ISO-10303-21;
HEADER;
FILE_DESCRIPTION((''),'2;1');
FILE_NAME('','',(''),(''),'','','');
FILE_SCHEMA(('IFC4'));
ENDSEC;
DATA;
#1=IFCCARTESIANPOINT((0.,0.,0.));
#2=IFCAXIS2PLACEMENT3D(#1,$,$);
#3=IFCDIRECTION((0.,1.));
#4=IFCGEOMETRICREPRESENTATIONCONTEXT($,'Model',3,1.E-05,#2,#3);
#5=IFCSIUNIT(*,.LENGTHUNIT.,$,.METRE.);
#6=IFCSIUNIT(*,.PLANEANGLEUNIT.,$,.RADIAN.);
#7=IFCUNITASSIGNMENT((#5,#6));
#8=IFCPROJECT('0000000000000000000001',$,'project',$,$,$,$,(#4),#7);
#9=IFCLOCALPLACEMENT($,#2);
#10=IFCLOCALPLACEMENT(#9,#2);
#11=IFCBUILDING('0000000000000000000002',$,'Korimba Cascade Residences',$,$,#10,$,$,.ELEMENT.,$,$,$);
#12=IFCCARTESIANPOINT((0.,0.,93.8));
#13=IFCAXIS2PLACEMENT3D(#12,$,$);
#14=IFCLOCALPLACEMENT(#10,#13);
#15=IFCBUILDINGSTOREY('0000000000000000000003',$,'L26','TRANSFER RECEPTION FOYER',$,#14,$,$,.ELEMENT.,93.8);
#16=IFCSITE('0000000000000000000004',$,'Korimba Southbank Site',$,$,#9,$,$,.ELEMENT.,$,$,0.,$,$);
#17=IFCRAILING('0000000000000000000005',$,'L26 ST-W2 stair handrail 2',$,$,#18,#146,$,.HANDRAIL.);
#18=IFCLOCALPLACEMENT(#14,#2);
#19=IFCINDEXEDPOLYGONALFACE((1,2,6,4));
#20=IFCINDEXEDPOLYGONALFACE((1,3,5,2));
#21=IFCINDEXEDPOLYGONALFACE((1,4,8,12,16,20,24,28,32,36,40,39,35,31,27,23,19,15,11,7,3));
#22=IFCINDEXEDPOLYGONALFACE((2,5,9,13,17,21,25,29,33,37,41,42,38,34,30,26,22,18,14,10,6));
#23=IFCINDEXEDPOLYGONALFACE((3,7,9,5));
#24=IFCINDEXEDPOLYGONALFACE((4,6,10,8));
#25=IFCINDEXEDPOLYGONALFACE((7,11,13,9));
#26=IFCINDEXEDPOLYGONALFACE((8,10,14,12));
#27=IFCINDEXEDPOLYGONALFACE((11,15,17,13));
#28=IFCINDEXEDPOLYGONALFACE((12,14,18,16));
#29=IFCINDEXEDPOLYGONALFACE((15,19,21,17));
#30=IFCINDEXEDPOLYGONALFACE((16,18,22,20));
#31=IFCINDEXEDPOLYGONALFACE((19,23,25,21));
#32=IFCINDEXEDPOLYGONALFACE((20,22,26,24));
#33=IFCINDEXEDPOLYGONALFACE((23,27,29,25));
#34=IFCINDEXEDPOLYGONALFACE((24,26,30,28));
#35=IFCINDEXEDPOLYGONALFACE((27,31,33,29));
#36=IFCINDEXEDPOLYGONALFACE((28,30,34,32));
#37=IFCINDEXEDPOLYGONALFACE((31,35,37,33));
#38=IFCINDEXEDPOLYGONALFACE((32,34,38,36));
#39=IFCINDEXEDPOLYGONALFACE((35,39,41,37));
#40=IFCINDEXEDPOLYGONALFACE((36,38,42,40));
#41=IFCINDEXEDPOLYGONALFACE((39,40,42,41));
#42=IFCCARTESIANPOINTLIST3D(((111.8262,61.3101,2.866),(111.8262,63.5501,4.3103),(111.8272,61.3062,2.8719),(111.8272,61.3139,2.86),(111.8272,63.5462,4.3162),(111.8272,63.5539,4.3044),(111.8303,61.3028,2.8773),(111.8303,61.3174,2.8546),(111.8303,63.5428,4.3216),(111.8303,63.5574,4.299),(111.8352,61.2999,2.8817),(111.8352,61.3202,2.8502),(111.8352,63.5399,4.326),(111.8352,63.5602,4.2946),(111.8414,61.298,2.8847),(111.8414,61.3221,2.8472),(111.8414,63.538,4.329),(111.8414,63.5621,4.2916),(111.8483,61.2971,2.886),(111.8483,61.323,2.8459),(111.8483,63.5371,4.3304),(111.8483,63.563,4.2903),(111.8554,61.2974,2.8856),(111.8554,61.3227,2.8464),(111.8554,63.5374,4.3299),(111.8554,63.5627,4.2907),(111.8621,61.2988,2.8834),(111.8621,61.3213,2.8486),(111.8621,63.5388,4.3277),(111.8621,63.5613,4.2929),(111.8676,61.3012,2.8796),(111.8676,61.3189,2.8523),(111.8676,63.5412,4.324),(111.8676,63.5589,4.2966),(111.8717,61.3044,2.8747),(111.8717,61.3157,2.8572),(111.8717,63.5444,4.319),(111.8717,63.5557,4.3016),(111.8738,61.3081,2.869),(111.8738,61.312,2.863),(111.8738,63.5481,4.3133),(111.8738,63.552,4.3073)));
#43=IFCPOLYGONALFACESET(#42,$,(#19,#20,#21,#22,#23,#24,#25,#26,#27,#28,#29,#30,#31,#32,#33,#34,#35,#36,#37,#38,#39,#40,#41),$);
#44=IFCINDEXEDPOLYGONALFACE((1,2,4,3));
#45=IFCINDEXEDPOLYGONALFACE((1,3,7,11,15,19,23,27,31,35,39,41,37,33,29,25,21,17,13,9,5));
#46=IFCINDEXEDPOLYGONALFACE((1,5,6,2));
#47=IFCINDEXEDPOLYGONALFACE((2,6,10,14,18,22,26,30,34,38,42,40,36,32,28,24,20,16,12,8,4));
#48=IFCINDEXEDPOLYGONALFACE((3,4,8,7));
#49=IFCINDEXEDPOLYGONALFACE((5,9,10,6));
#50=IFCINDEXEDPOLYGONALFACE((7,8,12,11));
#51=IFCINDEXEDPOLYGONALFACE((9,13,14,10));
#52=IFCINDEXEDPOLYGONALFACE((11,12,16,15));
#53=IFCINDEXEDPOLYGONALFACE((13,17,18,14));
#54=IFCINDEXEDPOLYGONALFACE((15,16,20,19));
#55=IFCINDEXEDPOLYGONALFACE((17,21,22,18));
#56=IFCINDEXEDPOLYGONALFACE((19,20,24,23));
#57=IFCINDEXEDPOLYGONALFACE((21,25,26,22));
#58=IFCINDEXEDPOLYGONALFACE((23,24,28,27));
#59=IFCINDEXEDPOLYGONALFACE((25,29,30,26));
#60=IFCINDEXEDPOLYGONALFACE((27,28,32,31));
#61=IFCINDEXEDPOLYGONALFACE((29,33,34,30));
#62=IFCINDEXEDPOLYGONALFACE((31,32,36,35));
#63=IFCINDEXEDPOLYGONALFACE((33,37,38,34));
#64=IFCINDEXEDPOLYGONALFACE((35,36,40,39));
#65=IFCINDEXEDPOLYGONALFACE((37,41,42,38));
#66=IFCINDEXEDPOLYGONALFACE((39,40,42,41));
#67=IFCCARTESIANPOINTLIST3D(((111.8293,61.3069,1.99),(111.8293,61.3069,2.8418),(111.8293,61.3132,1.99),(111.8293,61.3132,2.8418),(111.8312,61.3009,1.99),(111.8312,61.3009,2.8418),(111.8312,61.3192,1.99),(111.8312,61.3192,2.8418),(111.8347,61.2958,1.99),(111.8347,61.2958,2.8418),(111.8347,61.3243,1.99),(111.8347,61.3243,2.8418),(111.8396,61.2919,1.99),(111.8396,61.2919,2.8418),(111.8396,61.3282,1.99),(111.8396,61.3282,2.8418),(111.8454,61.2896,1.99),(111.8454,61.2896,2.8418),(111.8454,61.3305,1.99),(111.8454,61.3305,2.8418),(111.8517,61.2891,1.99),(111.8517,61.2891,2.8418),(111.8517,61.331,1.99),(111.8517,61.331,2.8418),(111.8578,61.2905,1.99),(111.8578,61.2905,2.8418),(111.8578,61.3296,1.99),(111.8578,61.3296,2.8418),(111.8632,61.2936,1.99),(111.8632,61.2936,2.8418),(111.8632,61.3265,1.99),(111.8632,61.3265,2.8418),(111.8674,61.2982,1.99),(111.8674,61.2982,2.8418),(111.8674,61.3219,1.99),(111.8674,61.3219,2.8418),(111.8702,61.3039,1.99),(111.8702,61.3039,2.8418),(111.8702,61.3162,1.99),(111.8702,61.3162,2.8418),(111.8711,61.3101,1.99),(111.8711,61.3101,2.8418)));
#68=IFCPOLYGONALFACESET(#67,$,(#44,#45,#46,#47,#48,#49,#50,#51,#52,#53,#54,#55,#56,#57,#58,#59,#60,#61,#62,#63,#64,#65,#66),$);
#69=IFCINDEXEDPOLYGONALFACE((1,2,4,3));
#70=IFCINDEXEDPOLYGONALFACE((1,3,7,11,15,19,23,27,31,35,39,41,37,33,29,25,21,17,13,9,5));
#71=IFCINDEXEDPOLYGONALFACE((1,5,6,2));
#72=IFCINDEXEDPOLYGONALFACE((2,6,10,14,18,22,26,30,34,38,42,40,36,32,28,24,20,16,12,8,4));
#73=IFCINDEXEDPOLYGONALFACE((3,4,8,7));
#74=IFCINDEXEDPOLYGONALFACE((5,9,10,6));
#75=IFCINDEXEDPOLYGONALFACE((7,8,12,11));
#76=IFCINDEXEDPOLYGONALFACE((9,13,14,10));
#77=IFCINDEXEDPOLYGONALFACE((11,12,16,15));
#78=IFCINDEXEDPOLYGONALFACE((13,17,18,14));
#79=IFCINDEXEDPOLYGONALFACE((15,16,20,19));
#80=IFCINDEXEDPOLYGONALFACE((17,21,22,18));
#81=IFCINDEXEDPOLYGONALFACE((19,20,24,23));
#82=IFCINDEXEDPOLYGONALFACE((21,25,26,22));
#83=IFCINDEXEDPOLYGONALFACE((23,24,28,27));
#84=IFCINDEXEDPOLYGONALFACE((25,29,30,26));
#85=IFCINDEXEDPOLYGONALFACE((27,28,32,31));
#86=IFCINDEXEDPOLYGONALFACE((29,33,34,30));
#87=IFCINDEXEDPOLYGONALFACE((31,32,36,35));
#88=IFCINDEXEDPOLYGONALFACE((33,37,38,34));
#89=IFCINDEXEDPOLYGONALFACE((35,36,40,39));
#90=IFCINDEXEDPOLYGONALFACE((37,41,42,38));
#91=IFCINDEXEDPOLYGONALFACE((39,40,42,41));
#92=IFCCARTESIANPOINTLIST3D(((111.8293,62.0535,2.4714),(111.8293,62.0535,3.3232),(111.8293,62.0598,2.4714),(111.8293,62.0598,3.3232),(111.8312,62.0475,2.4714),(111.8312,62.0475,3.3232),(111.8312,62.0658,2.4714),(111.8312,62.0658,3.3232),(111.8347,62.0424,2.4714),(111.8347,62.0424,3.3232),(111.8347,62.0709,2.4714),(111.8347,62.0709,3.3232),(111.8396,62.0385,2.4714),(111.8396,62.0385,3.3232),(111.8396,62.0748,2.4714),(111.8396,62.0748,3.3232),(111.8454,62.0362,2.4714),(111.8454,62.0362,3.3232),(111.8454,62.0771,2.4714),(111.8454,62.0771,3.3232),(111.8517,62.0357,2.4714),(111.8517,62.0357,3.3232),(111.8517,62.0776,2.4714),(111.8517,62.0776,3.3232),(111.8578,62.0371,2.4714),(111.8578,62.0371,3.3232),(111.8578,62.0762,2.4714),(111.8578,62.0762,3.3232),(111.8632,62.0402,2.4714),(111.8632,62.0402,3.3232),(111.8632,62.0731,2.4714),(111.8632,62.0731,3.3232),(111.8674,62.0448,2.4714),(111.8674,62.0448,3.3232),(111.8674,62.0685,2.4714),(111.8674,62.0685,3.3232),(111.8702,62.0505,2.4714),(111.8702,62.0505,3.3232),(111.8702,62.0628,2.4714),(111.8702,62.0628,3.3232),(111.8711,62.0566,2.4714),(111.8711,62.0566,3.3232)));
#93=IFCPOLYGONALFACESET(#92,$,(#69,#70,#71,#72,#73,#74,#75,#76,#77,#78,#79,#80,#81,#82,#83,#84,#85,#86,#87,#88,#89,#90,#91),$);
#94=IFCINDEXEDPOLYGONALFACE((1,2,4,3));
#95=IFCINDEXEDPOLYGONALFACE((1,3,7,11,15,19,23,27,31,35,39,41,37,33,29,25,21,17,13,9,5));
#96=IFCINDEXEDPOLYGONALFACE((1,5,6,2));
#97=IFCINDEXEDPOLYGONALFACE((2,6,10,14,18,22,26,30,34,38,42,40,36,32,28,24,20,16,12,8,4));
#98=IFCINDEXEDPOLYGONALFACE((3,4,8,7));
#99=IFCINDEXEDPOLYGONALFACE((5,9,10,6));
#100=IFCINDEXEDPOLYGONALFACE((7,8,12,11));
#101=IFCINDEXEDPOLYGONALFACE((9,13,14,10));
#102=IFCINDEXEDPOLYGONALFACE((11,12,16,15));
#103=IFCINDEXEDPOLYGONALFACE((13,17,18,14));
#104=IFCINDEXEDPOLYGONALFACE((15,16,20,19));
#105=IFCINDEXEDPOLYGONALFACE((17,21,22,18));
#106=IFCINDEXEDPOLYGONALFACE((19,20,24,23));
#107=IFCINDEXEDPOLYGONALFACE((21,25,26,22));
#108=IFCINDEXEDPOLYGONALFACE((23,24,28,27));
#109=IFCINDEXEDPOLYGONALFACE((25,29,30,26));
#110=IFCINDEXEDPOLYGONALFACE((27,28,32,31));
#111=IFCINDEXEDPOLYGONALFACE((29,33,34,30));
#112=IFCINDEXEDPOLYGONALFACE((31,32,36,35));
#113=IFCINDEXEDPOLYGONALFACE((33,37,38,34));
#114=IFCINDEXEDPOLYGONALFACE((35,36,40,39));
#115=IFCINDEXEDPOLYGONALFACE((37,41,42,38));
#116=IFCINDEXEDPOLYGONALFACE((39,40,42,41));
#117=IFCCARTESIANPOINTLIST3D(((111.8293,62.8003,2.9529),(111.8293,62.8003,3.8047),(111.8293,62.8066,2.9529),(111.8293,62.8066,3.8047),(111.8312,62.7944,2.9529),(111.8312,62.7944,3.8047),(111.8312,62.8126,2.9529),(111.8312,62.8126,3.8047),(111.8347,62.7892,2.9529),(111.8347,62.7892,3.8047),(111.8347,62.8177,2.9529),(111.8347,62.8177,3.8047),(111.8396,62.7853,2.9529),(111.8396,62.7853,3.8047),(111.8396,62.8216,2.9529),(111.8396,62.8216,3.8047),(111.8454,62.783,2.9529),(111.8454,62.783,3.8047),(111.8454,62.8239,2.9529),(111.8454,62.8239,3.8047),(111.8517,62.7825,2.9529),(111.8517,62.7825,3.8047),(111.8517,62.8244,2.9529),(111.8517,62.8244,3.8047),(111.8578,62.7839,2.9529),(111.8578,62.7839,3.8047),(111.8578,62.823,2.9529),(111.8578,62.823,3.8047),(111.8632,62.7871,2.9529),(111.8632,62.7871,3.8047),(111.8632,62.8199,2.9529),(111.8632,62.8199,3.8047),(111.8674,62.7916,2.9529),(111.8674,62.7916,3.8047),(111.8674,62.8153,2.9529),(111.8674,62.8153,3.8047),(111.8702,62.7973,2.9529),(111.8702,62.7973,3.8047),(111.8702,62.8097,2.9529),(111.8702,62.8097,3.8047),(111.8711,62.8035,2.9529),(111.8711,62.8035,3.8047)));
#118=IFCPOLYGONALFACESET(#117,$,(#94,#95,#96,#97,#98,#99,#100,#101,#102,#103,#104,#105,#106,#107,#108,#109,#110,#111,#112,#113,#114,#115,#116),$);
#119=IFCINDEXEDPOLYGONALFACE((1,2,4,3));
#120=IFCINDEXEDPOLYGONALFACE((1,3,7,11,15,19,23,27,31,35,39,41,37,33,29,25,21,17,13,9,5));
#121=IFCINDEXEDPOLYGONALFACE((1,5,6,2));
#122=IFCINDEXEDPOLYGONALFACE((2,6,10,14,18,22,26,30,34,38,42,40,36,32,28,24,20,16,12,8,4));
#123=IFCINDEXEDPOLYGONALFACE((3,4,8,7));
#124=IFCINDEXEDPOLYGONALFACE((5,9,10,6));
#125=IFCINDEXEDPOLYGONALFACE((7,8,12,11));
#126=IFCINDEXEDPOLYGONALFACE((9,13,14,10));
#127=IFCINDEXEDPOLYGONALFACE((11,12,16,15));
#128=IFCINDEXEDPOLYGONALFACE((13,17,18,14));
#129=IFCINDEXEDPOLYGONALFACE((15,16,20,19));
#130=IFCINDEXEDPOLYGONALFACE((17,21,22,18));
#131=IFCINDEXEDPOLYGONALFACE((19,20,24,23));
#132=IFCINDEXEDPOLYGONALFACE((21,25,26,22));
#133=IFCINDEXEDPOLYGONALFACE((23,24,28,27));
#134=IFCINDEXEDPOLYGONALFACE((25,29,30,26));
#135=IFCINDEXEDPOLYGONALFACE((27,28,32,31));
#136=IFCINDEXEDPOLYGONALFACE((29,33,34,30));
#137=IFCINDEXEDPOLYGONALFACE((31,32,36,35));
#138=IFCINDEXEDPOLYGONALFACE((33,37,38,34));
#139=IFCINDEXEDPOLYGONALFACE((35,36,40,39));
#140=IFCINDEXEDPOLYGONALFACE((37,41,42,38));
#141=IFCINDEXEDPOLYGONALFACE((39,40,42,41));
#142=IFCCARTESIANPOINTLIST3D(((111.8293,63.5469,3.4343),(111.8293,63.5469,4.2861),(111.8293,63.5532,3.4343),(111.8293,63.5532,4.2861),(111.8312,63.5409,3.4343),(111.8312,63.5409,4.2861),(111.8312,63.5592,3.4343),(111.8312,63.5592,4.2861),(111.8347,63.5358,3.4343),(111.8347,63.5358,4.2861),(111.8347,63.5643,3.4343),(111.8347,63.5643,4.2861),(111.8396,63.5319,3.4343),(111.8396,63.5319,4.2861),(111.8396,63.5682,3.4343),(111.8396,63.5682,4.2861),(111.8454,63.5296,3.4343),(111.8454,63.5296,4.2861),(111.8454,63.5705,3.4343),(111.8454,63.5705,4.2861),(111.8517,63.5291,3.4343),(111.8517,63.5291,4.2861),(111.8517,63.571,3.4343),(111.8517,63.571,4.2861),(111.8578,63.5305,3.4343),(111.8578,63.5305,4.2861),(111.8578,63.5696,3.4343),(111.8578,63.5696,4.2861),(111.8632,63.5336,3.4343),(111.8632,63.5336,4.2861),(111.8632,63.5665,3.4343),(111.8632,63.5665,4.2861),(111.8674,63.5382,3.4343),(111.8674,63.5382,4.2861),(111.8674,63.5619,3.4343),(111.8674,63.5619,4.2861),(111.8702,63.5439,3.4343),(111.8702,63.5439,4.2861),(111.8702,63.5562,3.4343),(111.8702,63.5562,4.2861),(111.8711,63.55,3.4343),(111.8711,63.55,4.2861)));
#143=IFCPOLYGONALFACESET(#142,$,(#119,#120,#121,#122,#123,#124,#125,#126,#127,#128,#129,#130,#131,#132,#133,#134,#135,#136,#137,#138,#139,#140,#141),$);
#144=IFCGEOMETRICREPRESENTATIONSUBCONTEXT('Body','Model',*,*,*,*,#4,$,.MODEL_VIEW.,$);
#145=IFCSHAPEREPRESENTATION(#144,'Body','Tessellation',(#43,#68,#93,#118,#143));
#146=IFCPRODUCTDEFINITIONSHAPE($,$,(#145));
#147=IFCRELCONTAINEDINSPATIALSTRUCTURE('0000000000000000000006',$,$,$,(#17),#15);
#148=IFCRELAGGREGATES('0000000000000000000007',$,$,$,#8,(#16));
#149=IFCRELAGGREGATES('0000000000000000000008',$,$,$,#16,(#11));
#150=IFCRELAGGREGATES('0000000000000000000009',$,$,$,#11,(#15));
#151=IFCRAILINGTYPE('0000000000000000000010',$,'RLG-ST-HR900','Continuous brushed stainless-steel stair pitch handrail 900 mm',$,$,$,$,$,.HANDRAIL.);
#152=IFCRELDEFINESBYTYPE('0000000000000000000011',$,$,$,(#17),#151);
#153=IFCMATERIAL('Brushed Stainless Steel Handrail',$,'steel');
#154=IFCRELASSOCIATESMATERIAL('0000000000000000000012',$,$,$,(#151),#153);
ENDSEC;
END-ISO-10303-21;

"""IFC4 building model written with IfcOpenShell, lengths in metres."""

from ifc_helpers import new_model, si_unit, direction, frame, origin, origin_2d, place, context, subcontext, project, spatial, circle, extrude, material, type_object, element, save


model = new_model("IFC4")

# Units and contexts
model_context = context("Model", 3, precision=1e-05, world=origin(), true_north=direction((0.0, 1.0)))
body_context = subcontext(model_context, "Body", "Model", "MODEL_VIEW")
ifc_project = project(units=[si_unit("LENGTHUNIT", "METRE"), si_unit("PLANEANGLEUNIT", "RADIAN")], contexts=[model_context])

# Site, building, storey
site_placement = place(None, origin())
site = spatial("IfcSite", under=ifc_project, at=site_placement, Name="Korimba Southbank Site", CompositionType="ELEMENT", RefElevation=0.0)
building_placement = place(site_placement, origin())
building = spatial("IfcBuilding", under=site, at=building_placement, Name="Korimba Cascade Residences", CompositionType="ELEMENT")
storey_placement = place(building_placement, frame((0.0, 0.0, 93.8)))
storey = spatial("IfcBuildingStorey", under=building, at=storey_placement, Name="L26", Description="TRANSFER RECEPTION FOYER", CompositionType="ELEMENT", Elevation=93.8)

# Railing
ifc_material_1 = material(Name="Brushed Stainless Steel Handrail", Category="steel")
railing_type_1 = type_object("IfcRailingType", Name="RLG-ST-HR900", Description="Continuous brushed stainless-steel stair pitch handrail 900 mm", PredefinedType="HANDRAIL", material=ifc_material_1)
railing_1_placement = place(storey_placement, frame((111.8501, 61.3101, 1.99)))
element("IfcRailing", 1, at=railing_1_placement, inside=storey, type_object=railing_type_1, Name="L26 ST-W2 stair handrail 2", PredefinedType="HANDRAIL", context=body_context, shape_type="SweptSolid", body=[
    extrude(circle(Radius=0.0239, at=origin_2d()), frame((0.0, 0.0, 0.876), z_axis=(0.0, 0.840437, 0.54191), x_axis=(-1.0, 0.0, 0.0)), (0.0, 0.0, 1.0), 2.6653),
    extrude(circle(Radius=0.021, at=origin_2d()), origin(), (0.0, 0.0, 1.0), 0.8518),
    extrude(circle(Radius=0.021, at=origin_2d()), frame((0.0, 0.7466, 0.4814)), (0.0, 0.0, 1.0), 0.8518),
    extrude(circle(Radius=0.021, at=origin_2d()), frame((0.0, 1.4934, 0.9629)), (0.0, 0.0, 1.0), 0.8518),
    extrude(circle(Radius=0.021, at=origin_2d()), frame((0.0, 2.24, 1.4443)), (0.0, 0.0, 1.0), 0.8518),
])

save(model, "model.ifc")
